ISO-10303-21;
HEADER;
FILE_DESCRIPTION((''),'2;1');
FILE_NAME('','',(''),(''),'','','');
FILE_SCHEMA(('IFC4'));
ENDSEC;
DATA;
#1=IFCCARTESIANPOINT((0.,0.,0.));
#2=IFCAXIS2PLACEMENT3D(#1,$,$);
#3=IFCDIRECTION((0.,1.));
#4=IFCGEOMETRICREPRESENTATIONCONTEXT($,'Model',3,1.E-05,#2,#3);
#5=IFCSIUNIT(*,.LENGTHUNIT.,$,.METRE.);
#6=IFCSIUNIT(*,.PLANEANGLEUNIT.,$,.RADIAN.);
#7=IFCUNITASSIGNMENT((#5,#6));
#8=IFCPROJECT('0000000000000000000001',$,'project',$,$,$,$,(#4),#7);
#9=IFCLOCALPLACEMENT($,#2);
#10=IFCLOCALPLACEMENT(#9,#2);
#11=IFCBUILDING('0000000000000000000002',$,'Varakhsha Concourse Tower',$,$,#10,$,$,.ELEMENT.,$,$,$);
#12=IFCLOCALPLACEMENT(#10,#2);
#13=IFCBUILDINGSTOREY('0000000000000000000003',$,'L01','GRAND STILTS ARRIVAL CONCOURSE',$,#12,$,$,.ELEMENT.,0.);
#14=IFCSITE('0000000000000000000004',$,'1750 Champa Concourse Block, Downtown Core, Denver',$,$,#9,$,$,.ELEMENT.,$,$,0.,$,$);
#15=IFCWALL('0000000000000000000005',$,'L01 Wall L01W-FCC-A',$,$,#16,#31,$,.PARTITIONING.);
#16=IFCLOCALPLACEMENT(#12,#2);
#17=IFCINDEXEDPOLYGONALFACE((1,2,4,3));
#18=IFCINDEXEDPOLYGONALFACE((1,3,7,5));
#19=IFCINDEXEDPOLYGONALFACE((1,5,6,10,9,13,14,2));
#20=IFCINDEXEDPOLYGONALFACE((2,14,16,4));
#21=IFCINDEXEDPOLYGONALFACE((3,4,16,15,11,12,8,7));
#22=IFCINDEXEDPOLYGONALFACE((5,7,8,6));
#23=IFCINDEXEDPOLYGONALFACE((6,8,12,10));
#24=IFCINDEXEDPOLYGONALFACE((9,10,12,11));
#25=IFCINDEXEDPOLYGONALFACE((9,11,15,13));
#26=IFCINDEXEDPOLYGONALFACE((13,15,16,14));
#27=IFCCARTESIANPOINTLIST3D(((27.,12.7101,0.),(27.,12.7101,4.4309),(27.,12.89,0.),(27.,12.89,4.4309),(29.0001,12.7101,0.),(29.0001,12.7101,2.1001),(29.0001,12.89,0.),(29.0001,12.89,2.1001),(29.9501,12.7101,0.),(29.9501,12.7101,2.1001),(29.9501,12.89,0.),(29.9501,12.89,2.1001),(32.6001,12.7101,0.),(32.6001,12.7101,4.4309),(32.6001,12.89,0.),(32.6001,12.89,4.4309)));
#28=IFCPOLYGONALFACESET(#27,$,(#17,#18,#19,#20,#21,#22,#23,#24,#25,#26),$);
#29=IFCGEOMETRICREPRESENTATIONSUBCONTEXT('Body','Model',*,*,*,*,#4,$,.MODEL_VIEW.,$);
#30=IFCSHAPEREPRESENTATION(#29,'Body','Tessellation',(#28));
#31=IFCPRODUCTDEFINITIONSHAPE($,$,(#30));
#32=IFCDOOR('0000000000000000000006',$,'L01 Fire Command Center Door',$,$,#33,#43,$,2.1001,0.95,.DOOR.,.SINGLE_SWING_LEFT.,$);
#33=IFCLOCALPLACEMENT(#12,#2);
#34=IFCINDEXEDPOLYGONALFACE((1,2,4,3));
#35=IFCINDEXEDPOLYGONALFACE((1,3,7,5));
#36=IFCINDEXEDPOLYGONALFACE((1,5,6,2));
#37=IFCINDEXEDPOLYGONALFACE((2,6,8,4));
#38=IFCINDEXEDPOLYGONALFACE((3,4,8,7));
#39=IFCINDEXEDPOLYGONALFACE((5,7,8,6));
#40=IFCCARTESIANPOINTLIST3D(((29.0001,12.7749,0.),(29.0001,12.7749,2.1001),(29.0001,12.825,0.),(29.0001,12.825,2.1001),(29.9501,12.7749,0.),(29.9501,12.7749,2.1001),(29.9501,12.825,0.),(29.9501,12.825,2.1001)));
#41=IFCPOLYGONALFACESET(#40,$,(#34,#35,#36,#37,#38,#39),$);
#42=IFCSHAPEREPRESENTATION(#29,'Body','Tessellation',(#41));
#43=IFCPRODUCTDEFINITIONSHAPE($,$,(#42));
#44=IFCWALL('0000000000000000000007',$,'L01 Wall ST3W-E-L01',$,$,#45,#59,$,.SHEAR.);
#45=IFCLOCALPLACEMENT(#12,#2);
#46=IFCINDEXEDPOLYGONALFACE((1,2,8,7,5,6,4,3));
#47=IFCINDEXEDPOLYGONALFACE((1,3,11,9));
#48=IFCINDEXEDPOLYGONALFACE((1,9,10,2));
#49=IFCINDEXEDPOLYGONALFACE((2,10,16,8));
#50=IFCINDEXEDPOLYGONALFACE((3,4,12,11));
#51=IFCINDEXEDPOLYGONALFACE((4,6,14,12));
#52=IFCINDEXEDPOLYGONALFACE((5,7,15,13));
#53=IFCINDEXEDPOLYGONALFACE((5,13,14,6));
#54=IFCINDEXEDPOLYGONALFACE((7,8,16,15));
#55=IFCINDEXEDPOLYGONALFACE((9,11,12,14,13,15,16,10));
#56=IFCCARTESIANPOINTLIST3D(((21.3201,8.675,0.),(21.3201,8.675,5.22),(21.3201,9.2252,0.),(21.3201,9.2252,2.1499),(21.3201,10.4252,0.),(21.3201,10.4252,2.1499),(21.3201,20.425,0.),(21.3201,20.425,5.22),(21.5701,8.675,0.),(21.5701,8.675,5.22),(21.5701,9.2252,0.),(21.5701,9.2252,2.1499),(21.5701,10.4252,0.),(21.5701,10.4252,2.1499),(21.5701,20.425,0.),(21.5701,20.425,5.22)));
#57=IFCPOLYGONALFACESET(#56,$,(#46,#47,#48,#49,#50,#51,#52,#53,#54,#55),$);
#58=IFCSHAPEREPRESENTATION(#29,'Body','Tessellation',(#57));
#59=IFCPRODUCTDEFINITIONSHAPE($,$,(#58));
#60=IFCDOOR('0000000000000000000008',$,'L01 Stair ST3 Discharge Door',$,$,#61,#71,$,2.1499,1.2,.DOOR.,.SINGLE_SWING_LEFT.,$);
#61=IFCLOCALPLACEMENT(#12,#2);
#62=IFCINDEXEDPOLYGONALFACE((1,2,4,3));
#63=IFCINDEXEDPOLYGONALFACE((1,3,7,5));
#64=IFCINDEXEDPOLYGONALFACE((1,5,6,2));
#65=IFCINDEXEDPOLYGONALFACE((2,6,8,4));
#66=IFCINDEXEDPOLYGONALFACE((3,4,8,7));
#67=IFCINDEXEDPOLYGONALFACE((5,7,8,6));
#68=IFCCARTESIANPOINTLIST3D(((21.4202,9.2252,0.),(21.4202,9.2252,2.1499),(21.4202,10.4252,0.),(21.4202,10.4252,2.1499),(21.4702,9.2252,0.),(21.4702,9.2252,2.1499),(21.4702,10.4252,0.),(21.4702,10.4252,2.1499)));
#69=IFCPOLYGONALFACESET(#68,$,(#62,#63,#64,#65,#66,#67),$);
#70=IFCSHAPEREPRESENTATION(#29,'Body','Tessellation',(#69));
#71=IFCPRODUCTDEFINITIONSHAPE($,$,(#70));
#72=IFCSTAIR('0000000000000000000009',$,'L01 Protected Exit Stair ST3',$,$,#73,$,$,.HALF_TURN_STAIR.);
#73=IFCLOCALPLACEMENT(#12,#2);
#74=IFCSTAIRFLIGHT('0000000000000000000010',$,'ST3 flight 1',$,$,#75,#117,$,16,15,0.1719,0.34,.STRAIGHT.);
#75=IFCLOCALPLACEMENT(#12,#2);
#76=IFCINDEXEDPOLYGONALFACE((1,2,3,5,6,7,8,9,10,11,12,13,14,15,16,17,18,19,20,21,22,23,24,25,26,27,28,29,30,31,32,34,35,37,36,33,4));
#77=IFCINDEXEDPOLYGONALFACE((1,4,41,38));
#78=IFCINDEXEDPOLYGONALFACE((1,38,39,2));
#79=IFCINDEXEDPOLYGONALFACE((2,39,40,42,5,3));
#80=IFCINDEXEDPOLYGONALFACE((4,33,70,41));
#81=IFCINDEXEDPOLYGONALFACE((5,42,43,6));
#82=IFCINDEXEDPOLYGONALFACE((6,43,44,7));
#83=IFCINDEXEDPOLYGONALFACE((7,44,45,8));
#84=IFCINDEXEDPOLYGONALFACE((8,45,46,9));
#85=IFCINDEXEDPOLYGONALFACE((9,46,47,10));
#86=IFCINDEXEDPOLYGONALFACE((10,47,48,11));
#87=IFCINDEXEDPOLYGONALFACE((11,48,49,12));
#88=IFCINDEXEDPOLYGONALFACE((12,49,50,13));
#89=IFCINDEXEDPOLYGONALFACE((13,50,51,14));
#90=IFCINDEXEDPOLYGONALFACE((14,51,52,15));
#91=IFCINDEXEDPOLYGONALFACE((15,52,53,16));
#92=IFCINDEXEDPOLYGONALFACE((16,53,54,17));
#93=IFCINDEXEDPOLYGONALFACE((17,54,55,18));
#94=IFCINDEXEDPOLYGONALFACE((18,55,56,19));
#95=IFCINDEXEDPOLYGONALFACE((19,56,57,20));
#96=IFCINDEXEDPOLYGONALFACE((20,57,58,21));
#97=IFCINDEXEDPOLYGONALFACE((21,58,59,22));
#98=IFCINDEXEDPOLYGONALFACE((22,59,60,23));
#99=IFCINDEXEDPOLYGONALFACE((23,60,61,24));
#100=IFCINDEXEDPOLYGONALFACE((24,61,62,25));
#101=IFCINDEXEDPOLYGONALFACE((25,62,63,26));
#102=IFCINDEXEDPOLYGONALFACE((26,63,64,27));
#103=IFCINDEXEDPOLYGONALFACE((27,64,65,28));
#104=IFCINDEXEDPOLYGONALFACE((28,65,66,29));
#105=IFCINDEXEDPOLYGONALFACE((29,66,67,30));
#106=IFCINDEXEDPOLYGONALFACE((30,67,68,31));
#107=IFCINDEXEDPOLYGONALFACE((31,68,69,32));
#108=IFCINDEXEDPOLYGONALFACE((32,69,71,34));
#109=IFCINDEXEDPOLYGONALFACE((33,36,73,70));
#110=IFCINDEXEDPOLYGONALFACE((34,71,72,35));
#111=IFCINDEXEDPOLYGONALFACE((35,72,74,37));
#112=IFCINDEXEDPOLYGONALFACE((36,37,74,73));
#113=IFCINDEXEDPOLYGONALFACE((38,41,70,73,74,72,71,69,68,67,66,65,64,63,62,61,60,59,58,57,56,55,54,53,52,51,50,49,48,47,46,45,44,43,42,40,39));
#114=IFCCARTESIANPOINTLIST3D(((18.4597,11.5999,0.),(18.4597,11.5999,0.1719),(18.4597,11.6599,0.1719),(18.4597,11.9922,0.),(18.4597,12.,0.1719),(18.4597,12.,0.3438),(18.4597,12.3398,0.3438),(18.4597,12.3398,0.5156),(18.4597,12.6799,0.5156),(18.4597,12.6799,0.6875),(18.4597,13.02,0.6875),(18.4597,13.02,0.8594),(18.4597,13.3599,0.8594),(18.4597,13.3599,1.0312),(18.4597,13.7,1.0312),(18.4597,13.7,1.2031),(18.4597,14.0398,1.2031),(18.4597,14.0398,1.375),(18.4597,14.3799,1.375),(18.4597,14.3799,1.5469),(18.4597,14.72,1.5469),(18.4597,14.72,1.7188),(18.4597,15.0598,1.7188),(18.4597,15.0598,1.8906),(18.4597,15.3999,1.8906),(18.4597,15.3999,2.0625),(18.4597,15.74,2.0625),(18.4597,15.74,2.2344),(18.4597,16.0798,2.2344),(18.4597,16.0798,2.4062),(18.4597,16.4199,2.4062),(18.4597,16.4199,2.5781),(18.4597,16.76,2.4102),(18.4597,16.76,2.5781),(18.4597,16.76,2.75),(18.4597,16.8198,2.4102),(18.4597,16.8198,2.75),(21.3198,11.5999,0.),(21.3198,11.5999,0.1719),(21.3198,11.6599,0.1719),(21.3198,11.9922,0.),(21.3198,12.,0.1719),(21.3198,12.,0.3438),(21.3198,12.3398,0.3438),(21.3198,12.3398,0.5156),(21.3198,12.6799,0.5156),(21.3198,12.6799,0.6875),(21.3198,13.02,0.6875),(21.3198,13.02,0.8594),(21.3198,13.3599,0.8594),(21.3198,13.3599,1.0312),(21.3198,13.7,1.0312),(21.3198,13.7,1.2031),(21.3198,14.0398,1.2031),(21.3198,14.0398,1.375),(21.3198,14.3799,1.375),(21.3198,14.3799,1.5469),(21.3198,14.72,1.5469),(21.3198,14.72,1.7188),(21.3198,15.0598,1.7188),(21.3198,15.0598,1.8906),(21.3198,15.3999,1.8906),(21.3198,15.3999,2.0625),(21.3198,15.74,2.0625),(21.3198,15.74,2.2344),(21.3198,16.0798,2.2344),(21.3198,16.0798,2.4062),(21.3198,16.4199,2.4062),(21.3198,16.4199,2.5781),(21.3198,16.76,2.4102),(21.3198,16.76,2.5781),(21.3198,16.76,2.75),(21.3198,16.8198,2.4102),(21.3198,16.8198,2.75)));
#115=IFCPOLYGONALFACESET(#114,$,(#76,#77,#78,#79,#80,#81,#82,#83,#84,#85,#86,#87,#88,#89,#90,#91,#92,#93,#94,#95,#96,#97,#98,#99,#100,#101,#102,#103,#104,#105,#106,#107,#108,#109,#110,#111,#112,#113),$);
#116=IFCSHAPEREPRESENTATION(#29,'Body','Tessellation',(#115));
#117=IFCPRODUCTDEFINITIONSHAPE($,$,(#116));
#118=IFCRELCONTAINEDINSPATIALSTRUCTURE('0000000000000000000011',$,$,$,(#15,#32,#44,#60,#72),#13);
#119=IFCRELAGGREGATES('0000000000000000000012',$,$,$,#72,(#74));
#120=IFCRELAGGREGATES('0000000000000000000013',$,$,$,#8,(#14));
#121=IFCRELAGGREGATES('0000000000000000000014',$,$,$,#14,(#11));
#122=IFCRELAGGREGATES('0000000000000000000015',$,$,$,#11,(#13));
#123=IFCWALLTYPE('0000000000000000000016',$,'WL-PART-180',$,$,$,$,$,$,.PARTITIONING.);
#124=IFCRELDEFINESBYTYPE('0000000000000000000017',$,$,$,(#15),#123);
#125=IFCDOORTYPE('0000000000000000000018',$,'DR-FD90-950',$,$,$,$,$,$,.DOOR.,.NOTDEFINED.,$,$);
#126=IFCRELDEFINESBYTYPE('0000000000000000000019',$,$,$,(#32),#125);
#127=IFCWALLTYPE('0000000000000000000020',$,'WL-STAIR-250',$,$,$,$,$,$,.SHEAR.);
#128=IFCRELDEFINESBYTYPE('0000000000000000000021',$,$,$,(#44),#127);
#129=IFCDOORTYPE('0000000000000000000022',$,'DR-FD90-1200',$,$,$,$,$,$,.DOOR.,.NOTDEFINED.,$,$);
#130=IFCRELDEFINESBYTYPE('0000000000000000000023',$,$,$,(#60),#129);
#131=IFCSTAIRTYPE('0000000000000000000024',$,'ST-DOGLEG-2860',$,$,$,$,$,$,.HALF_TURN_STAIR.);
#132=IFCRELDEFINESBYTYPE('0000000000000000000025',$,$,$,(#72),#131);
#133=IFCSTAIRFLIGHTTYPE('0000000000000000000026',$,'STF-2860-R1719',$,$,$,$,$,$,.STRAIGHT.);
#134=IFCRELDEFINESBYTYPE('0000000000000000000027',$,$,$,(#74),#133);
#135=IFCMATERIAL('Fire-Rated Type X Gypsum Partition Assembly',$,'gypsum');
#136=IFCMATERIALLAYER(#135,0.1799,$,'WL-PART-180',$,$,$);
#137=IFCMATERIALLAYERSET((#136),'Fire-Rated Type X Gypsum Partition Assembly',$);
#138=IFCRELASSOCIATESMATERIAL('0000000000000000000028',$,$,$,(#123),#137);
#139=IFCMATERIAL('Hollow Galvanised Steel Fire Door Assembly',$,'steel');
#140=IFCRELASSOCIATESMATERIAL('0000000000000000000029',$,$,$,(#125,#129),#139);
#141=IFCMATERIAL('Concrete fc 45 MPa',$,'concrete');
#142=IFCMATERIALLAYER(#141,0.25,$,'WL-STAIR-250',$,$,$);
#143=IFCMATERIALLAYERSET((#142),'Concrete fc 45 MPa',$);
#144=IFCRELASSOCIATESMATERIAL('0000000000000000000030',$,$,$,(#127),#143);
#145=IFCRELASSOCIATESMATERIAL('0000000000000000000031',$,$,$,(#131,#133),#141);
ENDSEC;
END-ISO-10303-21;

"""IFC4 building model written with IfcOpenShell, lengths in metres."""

from ifc_helpers import new_model, si_unit, direction, frame, frame_2d, origin, place, context, subcontext, project, spatial, polyline, rectangle, outline, extrude, material, layer, layer_set, type_object, element, fill, aggregate, save


model = new_model("IFC4")

# Units and contexts
model_context = context("Model", 3, precision=1e-05, world=origin(), true_north=direction((0.0, 1.0)))
body_context = subcontext(model_context, "Body", "Model", "MODEL_VIEW")
ifc_project = project(units=[si_unit("LENGTHUNIT", "METRE"), si_unit("PLANEANGLEUNIT", "RADIAN")], contexts=[model_context])

# Site, building, storey
site_placement = place(None, origin())
site = spatial("IfcSite", under=ifc_project, at=site_placement, Name="1750 Champa Concourse Block, Downtown Core, Denver", CompositionType="ELEMENT", RefElevation=0.0)
building_placement = place(site_placement, origin())
building = spatial("IfcBuilding", under=site, at=building_placement, Name="Varakhsha Concourse Tower", CompositionType="ELEMENT")
storey_placement = place(building_placement, origin())
storey = spatial("IfcBuildingStorey", under=building, at=storey_placement, Name="L01", Description="GRAND STILTS ARRIVAL CONCOURSE", CompositionType="ELEMENT", Elevation=0.0)

# Shared definitions
ifc_material_1 = material(Name="Fire-Rated Type X Gypsum Partition Assembly", Category="gypsum")

# Shared definitions
ifc_material_2 = material(Name="Hollow Galvanised Steel Fire Door Assembly", Category="steel")

# Shared definitions
ifc_layer_1 = layer(ifc_material_1, 0.1799, Name="WL-PART-180")
ifc_layer_set_1 = layer_set([ifc_layer_1], Name="Fire-Rated Type X Gypsum Partition Assembly")
wall_type_1 = type_object("IfcWallType", Name="WL-PART-180", PredefinedType="PARTITIONING", material=ifc_layer_set_1)

# Walls, openings, doors
wall_1_placement = place(storey_placement, frame((27.0, 12.8, 0.0), z_axis=(0.0, 0.0, 1.0), x_axis=(1.0, 0.0, 0.0)))
wall_1 = element("IfcWall", 1, at=wall_1_placement, inside=storey, type_object=wall_type_1, Name="L01 Wall L01W-FCC-A", PredefinedType="PARTITIONING", context=body_context, shape_type="SweptSolid", body=[
    extrude(rectangle(XDim=5.6001, YDim=0.1799, at=frame_2d((2.8, 0.0))), origin(), (0.0, 0.0, 1.0), 4.4309),
])
opening_1_placement = place(wall_1_placement, frame((2.0, 0.0, 0.0)))
opening_1 = element("IfcOpeningElement", 2, at=opening_1_placement, cuts=wall_1, PredefinedType="OPENING", context=body_context, shape_type="SweptSolid", body=[
    extrude(rectangle(XDim=0.95, YDim=2.1001, at=frame_2d((0.4751, 1.05))), frame((0.0, 0.0999, 0.0), z_axis=(0.0, -1.0, 0.0), x_axis=(1.0, 0.0, 0.0)), (0.0, 0.0, 1.0), 0.2),
])
door_type_1 = type_object("IfcDoorType", Name="DR-FD90-950", OperationType="NOTDEFINED", PredefinedType="DOOR", material=ifc_material_2)
door_1_placement = place(opening_1_placement, origin())
door_1 = element("IfcDoor", 3, at=door_1_placement, inside=storey, type_object=door_type_1, Name="L01 Fire Command Center Door", OperationType="SINGLE_SWING_LEFT", OverallHeight=2.1001, OverallWidth=0.95, PredefinedType="DOOR", context=body_context, shape_type="SweptSolid", body=[
    extrude(rectangle(XDim=0.95, YDim=2.1001, at=frame_2d((0.4751, 1.05))), frame((0.0, 0.0249, 0.0), z_axis=(0.0, -1.0, 0.0), x_axis=(1.0, 0.0, 0.0)), (0.0, 0.0, 1.0), 0.05),
])
fill(opening_1, door_1)
ifc_material_3 = material(Name="Concrete fc 45 MPa", Category="concrete")
ifc_layer_2 = layer(ifc_material_3, 0.25, Name="WL-STAIR-250")
ifc_layer_set_2 = layer_set([ifc_layer_2], Name="Concrete fc 45 MPa")
wall_type_2 = type_object("IfcWallType", Name="WL-STAIR-250", PredefinedType="SHEAR", material=ifc_layer_set_2)
wall_2_placement = place(storey_placement, frame((21.4451, 8.675, 0.0), z_axis=(0.0, 0.0, 1.0), x_axis=(0.0, 1.0, 0.0)))
wall_2 = element("IfcWall", 4, at=wall_2_placement, inside=storey, type_object=wall_type_2, Name="L01 Wall ST3W-E-L01", PredefinedType="SHEAR", context=body_context, shape_type="SweptSolid", body=[
    extrude(rectangle(XDim=11.75, YDim=0.25, at=frame_2d((5.875, 0.0))), origin(), (0.0, 0.0, 1.0), 5.22),
])
opening_2_placement = place(wall_2_placement, frame((0.55, 0.0, 0.0)))
opening_2 = element("IfcOpeningElement", 5, at=opening_2_placement, cuts=wall_2, PredefinedType="OPENING", context=body_context, shape_type="SweptSolid", body=[
    extrude(rectangle(XDim=1.2, YDim=2.1499, at=frame_2d((0.6001, 1.075))), frame((0.0, 0.135, 0.0), z_axis=(0.0, -1.0, 0.0), x_axis=(1.0, 0.0, 0.0)), (0.0, 0.0, 1.0), 0.27),
])
door_type_2 = type_object("IfcDoorType", Name="DR-FD90-1200", OperationType="NOTDEFINED", PredefinedType="DOOR", material=ifc_material_2)
door_2_placement = place(opening_2_placement, origin())
door_2 = element("IfcDoor", 6, at=door_2_placement, inside=storey, type_object=door_type_2, Name="L01 Stair ST3 Discharge Door", OperationType="SINGLE_SWING_LEFT", OverallHeight=2.1499, OverallWidth=1.2, PredefinedType="DOOR", context=body_context, shape_type="SweptSolid", body=[
    extrude(rectangle(XDim=1.2, YDim=2.1499, at=frame_2d((0.6001, 1.075))), frame((0.0, 0.0249, 0.0), z_axis=(0.0, -1.0, 0.0), x_axis=(1.0, 0.0, 0.0)), (0.0, 0.0, 1.0), 0.05),
])
fill(opening_2, door_2)

# Stair, stair flight
stair_type = type_object("IfcStairType", Name="ST-DOGLEG-2860", PredefinedType="HALF_TURN_STAIR", material=ifc_material_3)
stair_placement = place(storey_placement, origin())
stair = element("IfcStair", 7, at=stair_placement, inside=storey, type_object=stair_type, Name="L01 Protected Exit Stair ST3", PredefinedType="HALF_TURN_STAIR")
stair_flight_type = type_object("IfcStairFlightType", Name="STF-2860-R1719", PredefinedType="STRAIGHT", material=ifc_material_3)
stair_flight_placement = place(storey_placement, frame((19.8899, 11.6599, 0.0), z_axis=(0.0, 0.0, 1.0), x_axis=(0.0, 1.0, 0.0)))
stair_flight = element("IfcStairFlight", 8, at=stair_flight_placement, type_object=stair_flight_type, Name="ST3 flight 1", NumberOfRisers=16, NumberOfTreads=15, PredefinedType="STRAIGHT", RiserHeight=0.1719, TreadLength=0.34, context=body_context, shape_type="SweptSolid", body=[
    extrude(outline(polyline([(-0.0601, 0.0), (-0.0601, 0.1719), (0.0, 0.1719), (0.3401, 0.1719), (0.3401, 0.3438), (0.6799, 0.3438), (0.6799, 0.5156), (1.02, 0.5156), (1.02, 0.6875), (1.3601, 0.6875), (1.3601, 0.8594), (1.7, 0.8594), (1.7, 1.0312), (2.04, 1.0312), (2.04, 1.2031), (2.3799, 1.2031), (2.3799, 1.375), (2.72, 1.375), (2.72, 1.5469), (3.0601, 1.5469), (3.0601, 1.7188), (3.3999, 1.7188), (3.3999, 1.8906), (3.74, 1.8906), (3.74, 2.0625), (4.0801, 2.0625), (4.0801, 2.2344), (4.4199, 2.2344), (4.4199, 2.4062), (4.76, 2.4062), (4.76, 2.5781), (5.1001, 2.5781), (5.1001, 2.75), (5.1599, 2.75), (5.1599, 2.4102), (5.1001, 2.4102), (0.3323, 0.0), (-0.0601, 0.0)])), frame((0.0, 1.4302, 0.0), z_axis=(0.0, -1.0, 0.0), x_axis=(1.0, 0.0, 0.0)), (0.0, 0.0, 1.0), 2.8601),
])
aggregate(stair, [stair_flight])

save(model, "model.ifc")
